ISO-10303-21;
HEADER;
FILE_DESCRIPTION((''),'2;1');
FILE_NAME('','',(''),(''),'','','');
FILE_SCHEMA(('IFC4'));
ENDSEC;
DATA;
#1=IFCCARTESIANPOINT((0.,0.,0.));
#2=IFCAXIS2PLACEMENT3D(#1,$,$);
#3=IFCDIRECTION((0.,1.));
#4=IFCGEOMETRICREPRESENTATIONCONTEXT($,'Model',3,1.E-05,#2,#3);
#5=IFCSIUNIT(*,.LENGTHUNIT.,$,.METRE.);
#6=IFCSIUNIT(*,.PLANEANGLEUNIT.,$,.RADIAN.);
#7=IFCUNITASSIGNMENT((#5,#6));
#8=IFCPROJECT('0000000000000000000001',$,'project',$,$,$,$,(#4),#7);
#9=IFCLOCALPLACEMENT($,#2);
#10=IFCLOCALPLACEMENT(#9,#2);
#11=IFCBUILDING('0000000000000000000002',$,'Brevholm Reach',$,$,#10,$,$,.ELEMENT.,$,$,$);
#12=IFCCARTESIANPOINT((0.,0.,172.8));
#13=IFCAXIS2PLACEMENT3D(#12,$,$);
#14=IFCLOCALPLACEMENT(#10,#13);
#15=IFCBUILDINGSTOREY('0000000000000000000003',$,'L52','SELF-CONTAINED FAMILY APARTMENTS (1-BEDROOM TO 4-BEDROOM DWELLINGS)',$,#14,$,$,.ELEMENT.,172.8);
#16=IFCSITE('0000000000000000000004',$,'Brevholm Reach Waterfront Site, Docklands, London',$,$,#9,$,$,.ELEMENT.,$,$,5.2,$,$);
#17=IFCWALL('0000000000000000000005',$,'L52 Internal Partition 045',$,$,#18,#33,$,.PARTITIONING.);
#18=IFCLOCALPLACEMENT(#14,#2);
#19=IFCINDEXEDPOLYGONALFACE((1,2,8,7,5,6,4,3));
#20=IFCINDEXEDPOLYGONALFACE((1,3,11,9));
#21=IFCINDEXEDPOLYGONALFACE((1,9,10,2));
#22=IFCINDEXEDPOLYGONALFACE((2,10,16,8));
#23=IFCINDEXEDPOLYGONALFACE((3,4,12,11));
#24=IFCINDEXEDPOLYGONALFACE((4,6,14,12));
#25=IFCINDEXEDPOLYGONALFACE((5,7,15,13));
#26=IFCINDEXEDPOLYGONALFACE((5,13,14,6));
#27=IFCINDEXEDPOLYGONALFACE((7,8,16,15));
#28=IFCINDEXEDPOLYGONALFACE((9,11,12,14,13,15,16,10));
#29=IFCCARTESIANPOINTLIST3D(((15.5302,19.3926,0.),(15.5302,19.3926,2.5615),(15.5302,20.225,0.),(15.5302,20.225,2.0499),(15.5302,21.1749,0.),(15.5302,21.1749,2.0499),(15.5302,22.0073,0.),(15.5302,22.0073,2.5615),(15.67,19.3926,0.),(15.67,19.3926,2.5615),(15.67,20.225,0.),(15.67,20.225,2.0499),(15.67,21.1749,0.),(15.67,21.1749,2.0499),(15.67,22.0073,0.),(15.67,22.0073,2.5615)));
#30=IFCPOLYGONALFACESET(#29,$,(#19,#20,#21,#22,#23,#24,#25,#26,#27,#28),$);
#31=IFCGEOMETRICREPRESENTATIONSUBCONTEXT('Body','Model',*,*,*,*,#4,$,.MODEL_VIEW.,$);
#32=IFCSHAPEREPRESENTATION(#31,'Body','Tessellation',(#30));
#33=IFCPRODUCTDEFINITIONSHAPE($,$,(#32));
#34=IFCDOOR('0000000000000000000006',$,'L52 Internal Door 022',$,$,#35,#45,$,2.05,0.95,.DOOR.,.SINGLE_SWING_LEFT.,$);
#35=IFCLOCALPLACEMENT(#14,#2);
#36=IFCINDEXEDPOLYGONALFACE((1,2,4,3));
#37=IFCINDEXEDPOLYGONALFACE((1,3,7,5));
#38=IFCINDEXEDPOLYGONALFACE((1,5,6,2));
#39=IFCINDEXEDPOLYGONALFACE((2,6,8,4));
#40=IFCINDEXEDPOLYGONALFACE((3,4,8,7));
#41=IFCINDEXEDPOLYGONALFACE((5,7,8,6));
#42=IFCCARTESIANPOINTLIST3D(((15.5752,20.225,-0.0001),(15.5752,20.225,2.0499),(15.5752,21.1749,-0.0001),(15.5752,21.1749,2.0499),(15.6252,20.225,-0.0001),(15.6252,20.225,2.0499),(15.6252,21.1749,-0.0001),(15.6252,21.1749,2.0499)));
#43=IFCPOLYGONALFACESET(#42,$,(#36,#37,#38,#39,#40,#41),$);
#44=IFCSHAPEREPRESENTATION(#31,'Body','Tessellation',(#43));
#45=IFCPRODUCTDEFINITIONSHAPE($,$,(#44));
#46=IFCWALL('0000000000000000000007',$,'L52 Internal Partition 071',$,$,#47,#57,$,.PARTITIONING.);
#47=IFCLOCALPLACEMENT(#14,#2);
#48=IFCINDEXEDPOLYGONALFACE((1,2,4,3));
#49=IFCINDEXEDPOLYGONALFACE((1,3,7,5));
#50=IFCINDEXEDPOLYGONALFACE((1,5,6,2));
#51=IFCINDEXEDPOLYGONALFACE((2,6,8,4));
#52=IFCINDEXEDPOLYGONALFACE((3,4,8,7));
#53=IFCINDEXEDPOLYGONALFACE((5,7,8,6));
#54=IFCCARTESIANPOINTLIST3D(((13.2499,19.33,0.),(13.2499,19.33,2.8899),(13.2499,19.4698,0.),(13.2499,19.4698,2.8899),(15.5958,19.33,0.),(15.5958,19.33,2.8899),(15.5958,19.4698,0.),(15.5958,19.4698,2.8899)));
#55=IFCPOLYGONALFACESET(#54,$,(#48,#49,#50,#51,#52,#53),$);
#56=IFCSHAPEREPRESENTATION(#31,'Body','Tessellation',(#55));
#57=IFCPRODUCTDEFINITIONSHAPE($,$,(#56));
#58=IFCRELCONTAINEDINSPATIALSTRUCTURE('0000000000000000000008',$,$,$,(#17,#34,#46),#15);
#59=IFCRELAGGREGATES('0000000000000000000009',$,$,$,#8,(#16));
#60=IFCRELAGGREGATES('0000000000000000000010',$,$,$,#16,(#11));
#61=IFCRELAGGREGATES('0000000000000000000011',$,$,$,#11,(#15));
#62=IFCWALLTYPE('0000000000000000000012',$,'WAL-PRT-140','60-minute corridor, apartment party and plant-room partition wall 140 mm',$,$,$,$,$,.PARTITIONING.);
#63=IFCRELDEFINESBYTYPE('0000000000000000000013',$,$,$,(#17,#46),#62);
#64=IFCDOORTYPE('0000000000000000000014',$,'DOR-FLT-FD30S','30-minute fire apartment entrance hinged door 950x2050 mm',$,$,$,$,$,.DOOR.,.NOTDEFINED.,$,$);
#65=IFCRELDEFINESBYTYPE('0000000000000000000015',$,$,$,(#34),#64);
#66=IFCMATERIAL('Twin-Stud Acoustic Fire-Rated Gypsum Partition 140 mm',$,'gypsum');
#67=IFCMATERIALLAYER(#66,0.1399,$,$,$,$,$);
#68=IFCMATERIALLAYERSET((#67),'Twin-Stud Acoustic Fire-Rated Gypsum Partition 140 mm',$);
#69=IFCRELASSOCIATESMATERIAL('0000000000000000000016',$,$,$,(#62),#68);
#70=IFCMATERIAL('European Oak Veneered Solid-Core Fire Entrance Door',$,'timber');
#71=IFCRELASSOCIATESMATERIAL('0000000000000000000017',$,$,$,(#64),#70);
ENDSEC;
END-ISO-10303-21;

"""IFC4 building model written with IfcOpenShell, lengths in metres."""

from ifc_helpers import new_model, si_unit, direction, frame, frame_2d, origin, place, context, subcontext, project, spatial, rectangle, extrude, material, layer, layer_set, type_object, element, fill, save


model = new_model("IFC4")

# Units and contexts
model_context = context("Model", 3, precision=1e-05, world=origin(), true_north=direction((0.0, 1.0)))
body_context = subcontext(model_context, "Body", "Model", "MODEL_VIEW")
ifc_project = project(units=[si_unit("LENGTHUNIT", "METRE"), si_unit("PLANEANGLEUNIT", "RADIAN")], contexts=[model_context])

# Site, building, storey
site_placement = place(None, origin())
site = spatial("IfcSite", under=ifc_project, at=site_placement, Name="Brevholm Reach Waterfront Site, Docklands, London", CompositionType="ELEMENT", RefElevation=5.2)
building_placement = place(site_placement, origin())
building = spatial("IfcBuilding", under=site, at=building_placement, Name="Brevholm Reach", CompositionType="ELEMENT")
storey_placement = place(building_placement, frame((0.0, 0.0, 172.8)))
storey = spatial("IfcBuildingStorey", under=building, at=storey_placement, Name="L52", Description="SELF-CONTAINED FAMILY APARTMENTS (1-BEDROOM TO 4-BEDROOM DWELLINGS)", CompositionType="ELEMENT", Elevation=172.8)

# Shared definitions
ifc_material_1 = material(Name="Twin-Stud Acoustic Fire-Rated Gypsum Partition 140 mm", Category="gypsum")
ifc_layer_1 = layer(ifc_material_1, 0.1399)
ifc_layer_set_1 = layer_set([ifc_layer_1], Name="Twin-Stud Acoustic Fire-Rated Gypsum Partition 140 mm")
wall_type_1 = type_object("IfcWallType", Name="WAL-PRT-140", Description="60-minute corridor, apartment party and plant-room partition wall 140 mm", PredefinedType="PARTITIONING", material=ifc_layer_set_1)

# Wall, opening, door
wall_1_placement = place(storey_placement, frame((15.6001, 19.3926, 0.0), z_axis=(0.0, 0.0, 1.0), x_axis=(0.0, 1.0, 0.0)))
wall_1 = element("IfcWall", 1, at=wall_1_placement, inside=storey, type_object=wall_type_1, Name="L52 Internal Partition 045", PredefinedType="PARTITIONING", context=body_context, shape_type="SweptSolid", body=[
    extrude(rectangle(XDim=2.6147, YDim=0.1399, at=frame_2d((1.3074, 0.0))), origin(), (0.0, 0.0, 1.0), 2.5615),
])
opening_1_placement = place(wall_1_placement, frame((0.8323, 0.0, 0.0)))
opening_1 = element("IfcOpeningElement", 2, at=opening_1_placement, cuts=wall_1, PredefinedType="OPENING", context=body_context, shape_type="SweptSolid", body=[
    extrude(rectangle(XDim=0.95, YDim=2.05, at=frame_2d((0.4751, 1.0249))), frame((0.0, 0.0798, 0.0), z_axis=(0.0, -1.0, 0.0), x_axis=(1.0, 0.0, 0.0)), (0.0, 0.0, 1.0), 0.1599),
])
ifc_material_2 = material(Name="European Oak Veneered Solid-Core Fire Entrance Door", Category="timber")
door_type_1 = type_object("IfcDoorType", Name="DOR-FLT-FD30S", Description="30-minute fire apartment entrance hinged door 950x2050 mm", OperationType="NOTDEFINED", PredefinedType="DOOR", material=ifc_material_2)
door_1_placement = place(opening_1_placement, origin())
door_1 = element("IfcDoor", 3, at=door_1_placement, inside=storey, type_object=door_type_1, Name="L52 Internal Door 022", OperationType="SINGLE_SWING_LEFT", OverallHeight=2.05, OverallWidth=0.95, PredefinedType="DOOR", context=body_context, shape_type="SweptSolid", body=[
    extrude(rectangle(XDim=0.95, YDim=2.05, at=frame_2d((0.4751, 1.0249))), frame((0.0, 0.0249, 0.0), z_axis=(0.0, -1.0, 0.0), x_axis=(1.0, 0.0, 0.0)), (0.0, 0.0, 1.0), 0.05),
])
fill(opening_1, door_1)

# Wall
wall_2_placement = place(storey_placement, frame((13.25, 19.3999, 0.0), z_axis=(0.0, 0.0, 1.0), x_axis=(1.0, 0.0, 0.0)))
element("IfcWall", 4, at=wall_2_placement, inside=storey, type_object=wall_type_1, Name="L52 Internal Partition 071", PredefinedType="PARTITIONING", context=body_context, shape_type="SweptSolid", body=[
    extrude(rectangle(XDim=2.3459, YDim=0.1399, at=frame_2d((1.1729, 0.0))), origin(), (0.0, 0.0, 1.0), 2.8899),
])

save(model, "model.ifc")
